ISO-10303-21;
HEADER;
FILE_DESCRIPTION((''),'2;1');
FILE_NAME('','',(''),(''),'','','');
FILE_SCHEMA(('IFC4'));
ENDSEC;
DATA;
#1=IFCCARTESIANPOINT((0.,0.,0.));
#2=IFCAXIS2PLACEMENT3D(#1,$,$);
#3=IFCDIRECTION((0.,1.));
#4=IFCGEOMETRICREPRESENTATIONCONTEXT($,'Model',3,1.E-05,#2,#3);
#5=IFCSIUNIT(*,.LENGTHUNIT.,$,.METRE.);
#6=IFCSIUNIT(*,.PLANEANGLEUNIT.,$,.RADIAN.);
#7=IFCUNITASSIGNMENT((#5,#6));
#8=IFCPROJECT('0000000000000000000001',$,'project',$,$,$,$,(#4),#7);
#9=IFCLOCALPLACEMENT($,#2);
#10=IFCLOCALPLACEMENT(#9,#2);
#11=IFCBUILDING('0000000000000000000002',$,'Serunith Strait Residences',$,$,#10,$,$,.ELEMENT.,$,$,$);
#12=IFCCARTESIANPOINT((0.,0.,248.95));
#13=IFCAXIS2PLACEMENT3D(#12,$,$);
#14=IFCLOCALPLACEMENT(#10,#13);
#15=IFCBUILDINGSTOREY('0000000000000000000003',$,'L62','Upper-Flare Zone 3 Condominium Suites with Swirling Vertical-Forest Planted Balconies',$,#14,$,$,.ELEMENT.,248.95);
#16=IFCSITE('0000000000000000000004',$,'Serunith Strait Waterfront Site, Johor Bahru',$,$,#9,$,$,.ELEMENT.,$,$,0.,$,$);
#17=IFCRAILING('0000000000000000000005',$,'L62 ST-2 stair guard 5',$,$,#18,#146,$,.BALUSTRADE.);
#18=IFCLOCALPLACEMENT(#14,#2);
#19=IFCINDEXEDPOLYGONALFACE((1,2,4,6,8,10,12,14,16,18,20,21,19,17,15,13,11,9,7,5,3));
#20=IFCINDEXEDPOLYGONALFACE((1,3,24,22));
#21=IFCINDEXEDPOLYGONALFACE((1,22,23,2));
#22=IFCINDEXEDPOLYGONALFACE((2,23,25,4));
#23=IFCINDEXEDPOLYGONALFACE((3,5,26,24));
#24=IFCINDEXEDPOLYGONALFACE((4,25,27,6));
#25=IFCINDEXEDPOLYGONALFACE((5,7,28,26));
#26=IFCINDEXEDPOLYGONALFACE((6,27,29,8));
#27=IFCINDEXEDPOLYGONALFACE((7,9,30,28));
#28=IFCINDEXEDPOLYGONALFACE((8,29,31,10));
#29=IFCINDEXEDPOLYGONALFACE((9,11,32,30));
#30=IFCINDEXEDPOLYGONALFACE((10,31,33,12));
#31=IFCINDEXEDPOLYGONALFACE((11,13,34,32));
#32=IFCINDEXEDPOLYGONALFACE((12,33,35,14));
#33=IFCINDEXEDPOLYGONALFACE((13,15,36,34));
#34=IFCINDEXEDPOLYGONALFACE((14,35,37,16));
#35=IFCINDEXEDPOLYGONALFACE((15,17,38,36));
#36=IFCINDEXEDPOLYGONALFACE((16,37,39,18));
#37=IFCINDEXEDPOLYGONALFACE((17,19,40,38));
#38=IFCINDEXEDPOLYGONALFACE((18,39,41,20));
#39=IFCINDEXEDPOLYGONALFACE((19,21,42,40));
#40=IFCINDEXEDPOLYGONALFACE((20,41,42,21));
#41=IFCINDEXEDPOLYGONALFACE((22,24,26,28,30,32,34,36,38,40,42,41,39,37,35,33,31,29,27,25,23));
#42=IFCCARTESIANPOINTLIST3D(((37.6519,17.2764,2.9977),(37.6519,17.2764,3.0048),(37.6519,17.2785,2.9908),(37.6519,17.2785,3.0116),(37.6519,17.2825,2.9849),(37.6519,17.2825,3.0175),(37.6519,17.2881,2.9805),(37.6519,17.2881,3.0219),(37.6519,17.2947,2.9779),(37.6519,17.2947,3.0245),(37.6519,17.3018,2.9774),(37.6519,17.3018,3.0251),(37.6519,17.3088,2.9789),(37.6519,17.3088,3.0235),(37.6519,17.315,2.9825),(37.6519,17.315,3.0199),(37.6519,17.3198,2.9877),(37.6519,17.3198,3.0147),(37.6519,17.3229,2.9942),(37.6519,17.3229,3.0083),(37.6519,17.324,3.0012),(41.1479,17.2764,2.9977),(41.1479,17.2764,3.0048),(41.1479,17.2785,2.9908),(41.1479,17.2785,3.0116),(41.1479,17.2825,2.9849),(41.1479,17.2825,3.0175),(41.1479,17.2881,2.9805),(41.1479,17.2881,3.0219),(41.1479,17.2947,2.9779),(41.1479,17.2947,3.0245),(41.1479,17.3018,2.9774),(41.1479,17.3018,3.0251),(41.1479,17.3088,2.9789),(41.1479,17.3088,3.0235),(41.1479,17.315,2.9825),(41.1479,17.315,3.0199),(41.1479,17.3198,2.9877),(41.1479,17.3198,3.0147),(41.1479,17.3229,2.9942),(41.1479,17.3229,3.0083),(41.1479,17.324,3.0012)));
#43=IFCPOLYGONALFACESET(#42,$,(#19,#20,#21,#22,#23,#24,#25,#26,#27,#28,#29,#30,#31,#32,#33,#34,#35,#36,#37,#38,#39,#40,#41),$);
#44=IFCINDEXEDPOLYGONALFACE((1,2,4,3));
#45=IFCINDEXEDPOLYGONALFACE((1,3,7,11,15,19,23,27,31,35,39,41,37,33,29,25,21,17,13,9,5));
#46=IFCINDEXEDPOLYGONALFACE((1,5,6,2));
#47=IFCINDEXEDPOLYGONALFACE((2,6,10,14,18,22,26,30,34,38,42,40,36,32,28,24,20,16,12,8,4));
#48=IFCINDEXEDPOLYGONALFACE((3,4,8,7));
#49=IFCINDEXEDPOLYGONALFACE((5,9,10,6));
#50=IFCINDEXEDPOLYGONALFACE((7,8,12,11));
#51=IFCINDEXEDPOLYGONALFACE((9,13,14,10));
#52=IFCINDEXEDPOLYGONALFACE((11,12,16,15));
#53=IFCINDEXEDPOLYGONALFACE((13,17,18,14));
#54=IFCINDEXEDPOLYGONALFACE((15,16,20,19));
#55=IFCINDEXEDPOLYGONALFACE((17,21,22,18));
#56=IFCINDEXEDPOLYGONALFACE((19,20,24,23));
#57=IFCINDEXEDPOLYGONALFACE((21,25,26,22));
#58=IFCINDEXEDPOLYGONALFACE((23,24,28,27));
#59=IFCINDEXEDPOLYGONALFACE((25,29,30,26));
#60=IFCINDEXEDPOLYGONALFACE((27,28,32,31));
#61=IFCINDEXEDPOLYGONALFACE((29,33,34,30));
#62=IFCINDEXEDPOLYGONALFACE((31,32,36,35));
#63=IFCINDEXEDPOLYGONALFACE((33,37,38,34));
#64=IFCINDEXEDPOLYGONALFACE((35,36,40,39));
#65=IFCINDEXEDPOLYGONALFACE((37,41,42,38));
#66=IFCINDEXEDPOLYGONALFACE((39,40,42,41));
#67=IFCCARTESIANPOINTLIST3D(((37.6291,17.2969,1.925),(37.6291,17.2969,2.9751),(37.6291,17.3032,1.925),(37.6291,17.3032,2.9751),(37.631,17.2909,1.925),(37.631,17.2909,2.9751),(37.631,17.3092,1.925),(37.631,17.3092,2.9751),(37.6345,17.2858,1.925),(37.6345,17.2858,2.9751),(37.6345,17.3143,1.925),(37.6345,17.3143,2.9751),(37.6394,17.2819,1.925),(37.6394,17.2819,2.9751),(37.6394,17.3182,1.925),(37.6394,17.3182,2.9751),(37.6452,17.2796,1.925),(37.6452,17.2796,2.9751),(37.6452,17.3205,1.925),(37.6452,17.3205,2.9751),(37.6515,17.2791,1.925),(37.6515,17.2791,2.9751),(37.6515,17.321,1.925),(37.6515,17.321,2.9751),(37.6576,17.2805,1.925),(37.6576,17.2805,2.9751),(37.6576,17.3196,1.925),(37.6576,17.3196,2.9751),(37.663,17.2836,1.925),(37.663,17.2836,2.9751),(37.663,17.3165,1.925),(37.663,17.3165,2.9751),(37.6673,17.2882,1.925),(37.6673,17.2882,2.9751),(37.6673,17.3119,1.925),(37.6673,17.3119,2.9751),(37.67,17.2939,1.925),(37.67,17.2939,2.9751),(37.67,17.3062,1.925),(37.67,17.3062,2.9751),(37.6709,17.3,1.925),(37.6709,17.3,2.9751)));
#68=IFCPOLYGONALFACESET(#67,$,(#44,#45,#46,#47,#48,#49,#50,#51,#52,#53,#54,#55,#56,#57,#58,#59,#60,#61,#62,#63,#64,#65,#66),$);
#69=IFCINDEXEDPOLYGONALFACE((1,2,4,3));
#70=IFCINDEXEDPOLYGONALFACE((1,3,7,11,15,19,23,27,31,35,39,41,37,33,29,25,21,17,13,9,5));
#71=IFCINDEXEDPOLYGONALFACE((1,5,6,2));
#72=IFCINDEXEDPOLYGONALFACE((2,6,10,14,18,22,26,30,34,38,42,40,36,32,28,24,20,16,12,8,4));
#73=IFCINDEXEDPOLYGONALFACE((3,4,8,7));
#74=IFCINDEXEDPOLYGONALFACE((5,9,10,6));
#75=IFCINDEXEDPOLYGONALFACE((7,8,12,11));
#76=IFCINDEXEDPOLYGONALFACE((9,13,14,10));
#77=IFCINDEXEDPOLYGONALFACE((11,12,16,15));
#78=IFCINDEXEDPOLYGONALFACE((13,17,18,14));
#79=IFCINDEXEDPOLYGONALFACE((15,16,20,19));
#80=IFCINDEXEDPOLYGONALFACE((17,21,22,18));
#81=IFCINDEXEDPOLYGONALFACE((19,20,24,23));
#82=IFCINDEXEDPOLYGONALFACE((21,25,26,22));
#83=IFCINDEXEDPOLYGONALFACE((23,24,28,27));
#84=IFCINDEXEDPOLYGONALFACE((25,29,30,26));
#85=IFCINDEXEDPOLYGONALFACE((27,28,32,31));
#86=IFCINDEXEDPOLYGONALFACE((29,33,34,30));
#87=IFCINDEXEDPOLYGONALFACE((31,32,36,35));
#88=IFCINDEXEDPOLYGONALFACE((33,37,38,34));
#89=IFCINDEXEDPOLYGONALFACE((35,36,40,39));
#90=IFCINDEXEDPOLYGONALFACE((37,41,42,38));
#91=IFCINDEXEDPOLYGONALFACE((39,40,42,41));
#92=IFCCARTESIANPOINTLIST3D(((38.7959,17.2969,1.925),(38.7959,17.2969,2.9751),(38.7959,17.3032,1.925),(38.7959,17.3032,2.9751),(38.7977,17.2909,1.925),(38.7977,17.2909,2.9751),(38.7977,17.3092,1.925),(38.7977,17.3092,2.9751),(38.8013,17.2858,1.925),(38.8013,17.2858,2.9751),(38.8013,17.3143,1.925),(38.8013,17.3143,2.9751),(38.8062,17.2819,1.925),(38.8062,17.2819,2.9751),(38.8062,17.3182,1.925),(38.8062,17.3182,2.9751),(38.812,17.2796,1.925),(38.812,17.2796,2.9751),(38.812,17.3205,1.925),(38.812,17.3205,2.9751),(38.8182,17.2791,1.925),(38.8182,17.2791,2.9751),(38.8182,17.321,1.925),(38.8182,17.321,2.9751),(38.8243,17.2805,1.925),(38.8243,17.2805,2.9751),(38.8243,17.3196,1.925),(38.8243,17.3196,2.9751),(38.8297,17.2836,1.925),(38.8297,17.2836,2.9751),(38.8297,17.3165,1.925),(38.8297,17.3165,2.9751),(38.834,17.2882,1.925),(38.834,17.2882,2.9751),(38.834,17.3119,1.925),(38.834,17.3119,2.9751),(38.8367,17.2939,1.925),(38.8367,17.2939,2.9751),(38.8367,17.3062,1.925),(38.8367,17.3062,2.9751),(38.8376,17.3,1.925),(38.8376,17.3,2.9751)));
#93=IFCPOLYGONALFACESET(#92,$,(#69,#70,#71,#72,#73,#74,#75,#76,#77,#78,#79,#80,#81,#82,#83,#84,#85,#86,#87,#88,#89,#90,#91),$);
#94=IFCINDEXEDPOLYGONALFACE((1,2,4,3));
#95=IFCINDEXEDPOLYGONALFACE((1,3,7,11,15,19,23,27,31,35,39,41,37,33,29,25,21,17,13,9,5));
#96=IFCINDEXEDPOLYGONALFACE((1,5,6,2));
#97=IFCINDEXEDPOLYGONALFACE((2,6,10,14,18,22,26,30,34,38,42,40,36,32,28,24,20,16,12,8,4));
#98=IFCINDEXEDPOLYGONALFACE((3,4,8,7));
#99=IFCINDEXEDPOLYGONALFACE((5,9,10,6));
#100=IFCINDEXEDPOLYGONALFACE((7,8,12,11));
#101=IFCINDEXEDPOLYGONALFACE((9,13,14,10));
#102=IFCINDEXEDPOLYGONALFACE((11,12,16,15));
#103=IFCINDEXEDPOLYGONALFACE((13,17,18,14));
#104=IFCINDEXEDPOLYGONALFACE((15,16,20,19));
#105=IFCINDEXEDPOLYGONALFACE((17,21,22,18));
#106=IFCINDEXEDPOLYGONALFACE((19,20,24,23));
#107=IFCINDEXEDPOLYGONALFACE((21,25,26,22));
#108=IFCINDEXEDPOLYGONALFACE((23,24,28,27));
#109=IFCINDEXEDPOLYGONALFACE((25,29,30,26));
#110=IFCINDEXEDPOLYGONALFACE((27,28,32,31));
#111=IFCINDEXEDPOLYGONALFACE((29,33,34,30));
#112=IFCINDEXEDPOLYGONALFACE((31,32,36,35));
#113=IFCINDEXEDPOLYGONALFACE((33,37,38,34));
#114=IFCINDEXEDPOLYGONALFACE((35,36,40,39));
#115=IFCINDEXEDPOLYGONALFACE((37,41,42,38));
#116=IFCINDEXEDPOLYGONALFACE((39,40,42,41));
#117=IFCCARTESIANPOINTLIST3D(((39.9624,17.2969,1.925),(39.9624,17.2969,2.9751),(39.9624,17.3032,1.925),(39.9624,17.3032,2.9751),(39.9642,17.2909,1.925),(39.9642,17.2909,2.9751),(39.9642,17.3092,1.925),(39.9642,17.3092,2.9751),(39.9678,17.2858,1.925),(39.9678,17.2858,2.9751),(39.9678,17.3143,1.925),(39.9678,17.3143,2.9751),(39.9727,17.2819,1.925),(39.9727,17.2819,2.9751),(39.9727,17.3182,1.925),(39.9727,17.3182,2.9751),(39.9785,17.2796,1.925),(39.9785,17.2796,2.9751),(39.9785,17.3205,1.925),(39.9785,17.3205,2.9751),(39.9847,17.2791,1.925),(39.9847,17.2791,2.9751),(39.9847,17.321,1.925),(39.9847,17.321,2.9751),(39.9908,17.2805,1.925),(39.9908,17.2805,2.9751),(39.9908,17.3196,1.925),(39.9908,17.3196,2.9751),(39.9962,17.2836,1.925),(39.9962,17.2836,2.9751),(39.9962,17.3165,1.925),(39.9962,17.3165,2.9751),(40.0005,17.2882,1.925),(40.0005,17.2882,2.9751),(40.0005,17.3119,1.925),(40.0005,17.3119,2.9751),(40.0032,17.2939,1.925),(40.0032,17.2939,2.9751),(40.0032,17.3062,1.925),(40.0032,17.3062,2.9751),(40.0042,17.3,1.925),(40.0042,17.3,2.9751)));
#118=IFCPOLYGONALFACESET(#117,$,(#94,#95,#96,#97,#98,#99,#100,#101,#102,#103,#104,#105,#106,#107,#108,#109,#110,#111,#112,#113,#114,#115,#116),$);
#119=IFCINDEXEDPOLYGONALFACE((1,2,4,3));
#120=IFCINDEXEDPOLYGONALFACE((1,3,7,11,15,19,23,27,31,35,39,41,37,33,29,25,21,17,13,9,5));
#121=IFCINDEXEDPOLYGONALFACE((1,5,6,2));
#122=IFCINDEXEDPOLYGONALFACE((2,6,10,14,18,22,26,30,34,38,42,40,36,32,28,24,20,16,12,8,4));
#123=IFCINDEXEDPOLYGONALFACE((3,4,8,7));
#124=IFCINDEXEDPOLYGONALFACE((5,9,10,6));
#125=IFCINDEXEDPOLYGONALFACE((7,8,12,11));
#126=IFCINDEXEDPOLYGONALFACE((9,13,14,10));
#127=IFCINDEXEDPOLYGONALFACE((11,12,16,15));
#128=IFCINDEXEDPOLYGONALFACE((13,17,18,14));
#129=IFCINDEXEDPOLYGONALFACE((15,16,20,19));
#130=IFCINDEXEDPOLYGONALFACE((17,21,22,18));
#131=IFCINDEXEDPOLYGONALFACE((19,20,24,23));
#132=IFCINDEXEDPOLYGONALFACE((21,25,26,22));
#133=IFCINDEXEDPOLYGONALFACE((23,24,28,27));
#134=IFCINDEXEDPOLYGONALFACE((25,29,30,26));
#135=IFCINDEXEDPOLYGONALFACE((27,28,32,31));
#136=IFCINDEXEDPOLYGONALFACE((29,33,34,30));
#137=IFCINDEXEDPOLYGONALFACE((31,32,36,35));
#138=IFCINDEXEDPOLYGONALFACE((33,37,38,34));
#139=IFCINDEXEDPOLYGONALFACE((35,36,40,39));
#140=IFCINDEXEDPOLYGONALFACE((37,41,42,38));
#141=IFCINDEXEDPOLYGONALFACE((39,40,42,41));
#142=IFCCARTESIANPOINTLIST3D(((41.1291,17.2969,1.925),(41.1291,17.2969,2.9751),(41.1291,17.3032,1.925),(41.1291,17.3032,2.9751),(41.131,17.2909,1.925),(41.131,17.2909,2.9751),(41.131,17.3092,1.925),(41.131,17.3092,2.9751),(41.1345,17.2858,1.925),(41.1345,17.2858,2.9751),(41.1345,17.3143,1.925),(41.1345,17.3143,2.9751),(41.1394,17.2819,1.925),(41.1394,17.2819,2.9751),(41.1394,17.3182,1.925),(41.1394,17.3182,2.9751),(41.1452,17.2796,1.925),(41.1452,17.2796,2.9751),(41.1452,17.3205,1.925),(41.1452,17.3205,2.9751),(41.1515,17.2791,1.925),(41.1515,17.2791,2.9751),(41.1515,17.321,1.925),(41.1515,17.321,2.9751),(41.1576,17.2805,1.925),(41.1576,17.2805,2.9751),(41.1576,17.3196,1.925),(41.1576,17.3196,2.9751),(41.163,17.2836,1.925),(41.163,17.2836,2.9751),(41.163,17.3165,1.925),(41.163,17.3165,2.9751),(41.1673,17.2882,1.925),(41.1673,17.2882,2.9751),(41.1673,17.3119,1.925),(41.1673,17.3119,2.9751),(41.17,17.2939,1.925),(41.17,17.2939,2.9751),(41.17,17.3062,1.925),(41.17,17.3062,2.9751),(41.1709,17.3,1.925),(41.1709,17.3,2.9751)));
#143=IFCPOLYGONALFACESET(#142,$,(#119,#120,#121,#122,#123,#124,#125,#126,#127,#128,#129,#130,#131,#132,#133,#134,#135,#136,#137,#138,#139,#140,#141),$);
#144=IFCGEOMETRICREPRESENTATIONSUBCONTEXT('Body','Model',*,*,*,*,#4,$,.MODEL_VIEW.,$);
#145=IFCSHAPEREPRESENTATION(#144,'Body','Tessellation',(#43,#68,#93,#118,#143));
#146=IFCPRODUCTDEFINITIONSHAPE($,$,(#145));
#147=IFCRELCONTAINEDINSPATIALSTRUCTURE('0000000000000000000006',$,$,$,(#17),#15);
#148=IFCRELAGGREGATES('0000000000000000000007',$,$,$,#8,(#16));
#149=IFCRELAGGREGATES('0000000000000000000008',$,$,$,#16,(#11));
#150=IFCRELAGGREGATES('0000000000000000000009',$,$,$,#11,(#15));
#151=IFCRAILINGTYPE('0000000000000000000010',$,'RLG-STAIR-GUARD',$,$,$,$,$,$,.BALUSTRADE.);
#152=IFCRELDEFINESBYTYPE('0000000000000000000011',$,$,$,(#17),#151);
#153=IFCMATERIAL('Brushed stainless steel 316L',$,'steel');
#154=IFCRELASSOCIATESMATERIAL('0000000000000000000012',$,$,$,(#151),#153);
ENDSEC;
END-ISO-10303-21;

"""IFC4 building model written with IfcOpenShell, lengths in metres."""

from ifc_helpers import new_model, si_unit, direction, frame, origin, origin_2d, place, context, subcontext, project, spatial, circle, extrude, material, type_object, element, save


model = new_model("IFC4")

# Units and contexts
model_context = context("Model", 3, precision=1e-05, world=origin(), true_north=direction((0.0, 1.0)))
body_context = subcontext(model_context, "Body", "Model", "MODEL_VIEW")
ifc_project = project(units=[si_unit("LENGTHUNIT", "METRE"), si_unit("PLANEANGLEUNIT", "RADIAN")], contexts=[model_context])

# Site, building, storey
site_placement = place(None, origin())
site = spatial("IfcSite", under=ifc_project, at=site_placement, Name="Serunith Strait Waterfront Site, Johor Bahru", CompositionType="ELEMENT", RefElevation=0.0)
building_placement = place(site_placement, origin())
building = spatial("IfcBuilding", under=site, at=building_placement, Name="Serunith Strait Residences", CompositionType="ELEMENT")
storey_placement = place(building_placement, frame((0.0, 0.0, 248.95)))
storey = spatial("IfcBuildingStorey", under=building, at=storey_placement, Name="L62", Description="Upper-Flare Zone 3 Condominium Suites with Swirling Vertical-Forest Planted Balconies", CompositionType="ELEMENT", Elevation=248.95)

# Railing
ifc_material_1 = material(Name="Brushed stainless steel 316L", Category="steel")
railing_type_1 = type_object("IfcRailingType", Name="RLG-STAIR-GUARD", PredefinedType="BALUSTRADE", material=ifc_material_1)
railing_1_placement = place(storey_placement, frame((37.6499, 17.3, 1.925)))
element("IfcRailing", 1, at=railing_1_placement, inside=storey, type_object=railing_type_1, Name="L62 ST-2 stair guard 5", PredefinedType="BALUSTRADE", context=body_context, shape_type="SweptSolid", body=[
    extrude(circle(Radius=0.0239, at=origin_2d()), frame((0.002, 0.0, 1.0762), z_axis=(1.0, 0.0, 0.0), x_axis=(0.0, 1.0, 0.0)), (0.0, 0.0, 1.0), 3.4961),
    extrude(circle(Radius=0.021, at=origin_2d()), origin(), (0.0, 0.0, 1.0), 1.05),
    extrude(circle(Radius=0.021, at=origin_2d()), frame((1.1667, 0.0, 0.0)), (0.0, 0.0, 1.0), 1.05),
    extrude(circle(Radius=0.021, at=origin_2d()), frame((2.3333, 0.0, 0.0)), (0.0, 0.0, 1.0), 1.05),
    extrude(circle(Radius=0.021, at=origin_2d()), frame((3.5, 0.0, 0.0)), (0.0, 0.0, 1.0), 1.05),
])

save(model, "model.ifc")
